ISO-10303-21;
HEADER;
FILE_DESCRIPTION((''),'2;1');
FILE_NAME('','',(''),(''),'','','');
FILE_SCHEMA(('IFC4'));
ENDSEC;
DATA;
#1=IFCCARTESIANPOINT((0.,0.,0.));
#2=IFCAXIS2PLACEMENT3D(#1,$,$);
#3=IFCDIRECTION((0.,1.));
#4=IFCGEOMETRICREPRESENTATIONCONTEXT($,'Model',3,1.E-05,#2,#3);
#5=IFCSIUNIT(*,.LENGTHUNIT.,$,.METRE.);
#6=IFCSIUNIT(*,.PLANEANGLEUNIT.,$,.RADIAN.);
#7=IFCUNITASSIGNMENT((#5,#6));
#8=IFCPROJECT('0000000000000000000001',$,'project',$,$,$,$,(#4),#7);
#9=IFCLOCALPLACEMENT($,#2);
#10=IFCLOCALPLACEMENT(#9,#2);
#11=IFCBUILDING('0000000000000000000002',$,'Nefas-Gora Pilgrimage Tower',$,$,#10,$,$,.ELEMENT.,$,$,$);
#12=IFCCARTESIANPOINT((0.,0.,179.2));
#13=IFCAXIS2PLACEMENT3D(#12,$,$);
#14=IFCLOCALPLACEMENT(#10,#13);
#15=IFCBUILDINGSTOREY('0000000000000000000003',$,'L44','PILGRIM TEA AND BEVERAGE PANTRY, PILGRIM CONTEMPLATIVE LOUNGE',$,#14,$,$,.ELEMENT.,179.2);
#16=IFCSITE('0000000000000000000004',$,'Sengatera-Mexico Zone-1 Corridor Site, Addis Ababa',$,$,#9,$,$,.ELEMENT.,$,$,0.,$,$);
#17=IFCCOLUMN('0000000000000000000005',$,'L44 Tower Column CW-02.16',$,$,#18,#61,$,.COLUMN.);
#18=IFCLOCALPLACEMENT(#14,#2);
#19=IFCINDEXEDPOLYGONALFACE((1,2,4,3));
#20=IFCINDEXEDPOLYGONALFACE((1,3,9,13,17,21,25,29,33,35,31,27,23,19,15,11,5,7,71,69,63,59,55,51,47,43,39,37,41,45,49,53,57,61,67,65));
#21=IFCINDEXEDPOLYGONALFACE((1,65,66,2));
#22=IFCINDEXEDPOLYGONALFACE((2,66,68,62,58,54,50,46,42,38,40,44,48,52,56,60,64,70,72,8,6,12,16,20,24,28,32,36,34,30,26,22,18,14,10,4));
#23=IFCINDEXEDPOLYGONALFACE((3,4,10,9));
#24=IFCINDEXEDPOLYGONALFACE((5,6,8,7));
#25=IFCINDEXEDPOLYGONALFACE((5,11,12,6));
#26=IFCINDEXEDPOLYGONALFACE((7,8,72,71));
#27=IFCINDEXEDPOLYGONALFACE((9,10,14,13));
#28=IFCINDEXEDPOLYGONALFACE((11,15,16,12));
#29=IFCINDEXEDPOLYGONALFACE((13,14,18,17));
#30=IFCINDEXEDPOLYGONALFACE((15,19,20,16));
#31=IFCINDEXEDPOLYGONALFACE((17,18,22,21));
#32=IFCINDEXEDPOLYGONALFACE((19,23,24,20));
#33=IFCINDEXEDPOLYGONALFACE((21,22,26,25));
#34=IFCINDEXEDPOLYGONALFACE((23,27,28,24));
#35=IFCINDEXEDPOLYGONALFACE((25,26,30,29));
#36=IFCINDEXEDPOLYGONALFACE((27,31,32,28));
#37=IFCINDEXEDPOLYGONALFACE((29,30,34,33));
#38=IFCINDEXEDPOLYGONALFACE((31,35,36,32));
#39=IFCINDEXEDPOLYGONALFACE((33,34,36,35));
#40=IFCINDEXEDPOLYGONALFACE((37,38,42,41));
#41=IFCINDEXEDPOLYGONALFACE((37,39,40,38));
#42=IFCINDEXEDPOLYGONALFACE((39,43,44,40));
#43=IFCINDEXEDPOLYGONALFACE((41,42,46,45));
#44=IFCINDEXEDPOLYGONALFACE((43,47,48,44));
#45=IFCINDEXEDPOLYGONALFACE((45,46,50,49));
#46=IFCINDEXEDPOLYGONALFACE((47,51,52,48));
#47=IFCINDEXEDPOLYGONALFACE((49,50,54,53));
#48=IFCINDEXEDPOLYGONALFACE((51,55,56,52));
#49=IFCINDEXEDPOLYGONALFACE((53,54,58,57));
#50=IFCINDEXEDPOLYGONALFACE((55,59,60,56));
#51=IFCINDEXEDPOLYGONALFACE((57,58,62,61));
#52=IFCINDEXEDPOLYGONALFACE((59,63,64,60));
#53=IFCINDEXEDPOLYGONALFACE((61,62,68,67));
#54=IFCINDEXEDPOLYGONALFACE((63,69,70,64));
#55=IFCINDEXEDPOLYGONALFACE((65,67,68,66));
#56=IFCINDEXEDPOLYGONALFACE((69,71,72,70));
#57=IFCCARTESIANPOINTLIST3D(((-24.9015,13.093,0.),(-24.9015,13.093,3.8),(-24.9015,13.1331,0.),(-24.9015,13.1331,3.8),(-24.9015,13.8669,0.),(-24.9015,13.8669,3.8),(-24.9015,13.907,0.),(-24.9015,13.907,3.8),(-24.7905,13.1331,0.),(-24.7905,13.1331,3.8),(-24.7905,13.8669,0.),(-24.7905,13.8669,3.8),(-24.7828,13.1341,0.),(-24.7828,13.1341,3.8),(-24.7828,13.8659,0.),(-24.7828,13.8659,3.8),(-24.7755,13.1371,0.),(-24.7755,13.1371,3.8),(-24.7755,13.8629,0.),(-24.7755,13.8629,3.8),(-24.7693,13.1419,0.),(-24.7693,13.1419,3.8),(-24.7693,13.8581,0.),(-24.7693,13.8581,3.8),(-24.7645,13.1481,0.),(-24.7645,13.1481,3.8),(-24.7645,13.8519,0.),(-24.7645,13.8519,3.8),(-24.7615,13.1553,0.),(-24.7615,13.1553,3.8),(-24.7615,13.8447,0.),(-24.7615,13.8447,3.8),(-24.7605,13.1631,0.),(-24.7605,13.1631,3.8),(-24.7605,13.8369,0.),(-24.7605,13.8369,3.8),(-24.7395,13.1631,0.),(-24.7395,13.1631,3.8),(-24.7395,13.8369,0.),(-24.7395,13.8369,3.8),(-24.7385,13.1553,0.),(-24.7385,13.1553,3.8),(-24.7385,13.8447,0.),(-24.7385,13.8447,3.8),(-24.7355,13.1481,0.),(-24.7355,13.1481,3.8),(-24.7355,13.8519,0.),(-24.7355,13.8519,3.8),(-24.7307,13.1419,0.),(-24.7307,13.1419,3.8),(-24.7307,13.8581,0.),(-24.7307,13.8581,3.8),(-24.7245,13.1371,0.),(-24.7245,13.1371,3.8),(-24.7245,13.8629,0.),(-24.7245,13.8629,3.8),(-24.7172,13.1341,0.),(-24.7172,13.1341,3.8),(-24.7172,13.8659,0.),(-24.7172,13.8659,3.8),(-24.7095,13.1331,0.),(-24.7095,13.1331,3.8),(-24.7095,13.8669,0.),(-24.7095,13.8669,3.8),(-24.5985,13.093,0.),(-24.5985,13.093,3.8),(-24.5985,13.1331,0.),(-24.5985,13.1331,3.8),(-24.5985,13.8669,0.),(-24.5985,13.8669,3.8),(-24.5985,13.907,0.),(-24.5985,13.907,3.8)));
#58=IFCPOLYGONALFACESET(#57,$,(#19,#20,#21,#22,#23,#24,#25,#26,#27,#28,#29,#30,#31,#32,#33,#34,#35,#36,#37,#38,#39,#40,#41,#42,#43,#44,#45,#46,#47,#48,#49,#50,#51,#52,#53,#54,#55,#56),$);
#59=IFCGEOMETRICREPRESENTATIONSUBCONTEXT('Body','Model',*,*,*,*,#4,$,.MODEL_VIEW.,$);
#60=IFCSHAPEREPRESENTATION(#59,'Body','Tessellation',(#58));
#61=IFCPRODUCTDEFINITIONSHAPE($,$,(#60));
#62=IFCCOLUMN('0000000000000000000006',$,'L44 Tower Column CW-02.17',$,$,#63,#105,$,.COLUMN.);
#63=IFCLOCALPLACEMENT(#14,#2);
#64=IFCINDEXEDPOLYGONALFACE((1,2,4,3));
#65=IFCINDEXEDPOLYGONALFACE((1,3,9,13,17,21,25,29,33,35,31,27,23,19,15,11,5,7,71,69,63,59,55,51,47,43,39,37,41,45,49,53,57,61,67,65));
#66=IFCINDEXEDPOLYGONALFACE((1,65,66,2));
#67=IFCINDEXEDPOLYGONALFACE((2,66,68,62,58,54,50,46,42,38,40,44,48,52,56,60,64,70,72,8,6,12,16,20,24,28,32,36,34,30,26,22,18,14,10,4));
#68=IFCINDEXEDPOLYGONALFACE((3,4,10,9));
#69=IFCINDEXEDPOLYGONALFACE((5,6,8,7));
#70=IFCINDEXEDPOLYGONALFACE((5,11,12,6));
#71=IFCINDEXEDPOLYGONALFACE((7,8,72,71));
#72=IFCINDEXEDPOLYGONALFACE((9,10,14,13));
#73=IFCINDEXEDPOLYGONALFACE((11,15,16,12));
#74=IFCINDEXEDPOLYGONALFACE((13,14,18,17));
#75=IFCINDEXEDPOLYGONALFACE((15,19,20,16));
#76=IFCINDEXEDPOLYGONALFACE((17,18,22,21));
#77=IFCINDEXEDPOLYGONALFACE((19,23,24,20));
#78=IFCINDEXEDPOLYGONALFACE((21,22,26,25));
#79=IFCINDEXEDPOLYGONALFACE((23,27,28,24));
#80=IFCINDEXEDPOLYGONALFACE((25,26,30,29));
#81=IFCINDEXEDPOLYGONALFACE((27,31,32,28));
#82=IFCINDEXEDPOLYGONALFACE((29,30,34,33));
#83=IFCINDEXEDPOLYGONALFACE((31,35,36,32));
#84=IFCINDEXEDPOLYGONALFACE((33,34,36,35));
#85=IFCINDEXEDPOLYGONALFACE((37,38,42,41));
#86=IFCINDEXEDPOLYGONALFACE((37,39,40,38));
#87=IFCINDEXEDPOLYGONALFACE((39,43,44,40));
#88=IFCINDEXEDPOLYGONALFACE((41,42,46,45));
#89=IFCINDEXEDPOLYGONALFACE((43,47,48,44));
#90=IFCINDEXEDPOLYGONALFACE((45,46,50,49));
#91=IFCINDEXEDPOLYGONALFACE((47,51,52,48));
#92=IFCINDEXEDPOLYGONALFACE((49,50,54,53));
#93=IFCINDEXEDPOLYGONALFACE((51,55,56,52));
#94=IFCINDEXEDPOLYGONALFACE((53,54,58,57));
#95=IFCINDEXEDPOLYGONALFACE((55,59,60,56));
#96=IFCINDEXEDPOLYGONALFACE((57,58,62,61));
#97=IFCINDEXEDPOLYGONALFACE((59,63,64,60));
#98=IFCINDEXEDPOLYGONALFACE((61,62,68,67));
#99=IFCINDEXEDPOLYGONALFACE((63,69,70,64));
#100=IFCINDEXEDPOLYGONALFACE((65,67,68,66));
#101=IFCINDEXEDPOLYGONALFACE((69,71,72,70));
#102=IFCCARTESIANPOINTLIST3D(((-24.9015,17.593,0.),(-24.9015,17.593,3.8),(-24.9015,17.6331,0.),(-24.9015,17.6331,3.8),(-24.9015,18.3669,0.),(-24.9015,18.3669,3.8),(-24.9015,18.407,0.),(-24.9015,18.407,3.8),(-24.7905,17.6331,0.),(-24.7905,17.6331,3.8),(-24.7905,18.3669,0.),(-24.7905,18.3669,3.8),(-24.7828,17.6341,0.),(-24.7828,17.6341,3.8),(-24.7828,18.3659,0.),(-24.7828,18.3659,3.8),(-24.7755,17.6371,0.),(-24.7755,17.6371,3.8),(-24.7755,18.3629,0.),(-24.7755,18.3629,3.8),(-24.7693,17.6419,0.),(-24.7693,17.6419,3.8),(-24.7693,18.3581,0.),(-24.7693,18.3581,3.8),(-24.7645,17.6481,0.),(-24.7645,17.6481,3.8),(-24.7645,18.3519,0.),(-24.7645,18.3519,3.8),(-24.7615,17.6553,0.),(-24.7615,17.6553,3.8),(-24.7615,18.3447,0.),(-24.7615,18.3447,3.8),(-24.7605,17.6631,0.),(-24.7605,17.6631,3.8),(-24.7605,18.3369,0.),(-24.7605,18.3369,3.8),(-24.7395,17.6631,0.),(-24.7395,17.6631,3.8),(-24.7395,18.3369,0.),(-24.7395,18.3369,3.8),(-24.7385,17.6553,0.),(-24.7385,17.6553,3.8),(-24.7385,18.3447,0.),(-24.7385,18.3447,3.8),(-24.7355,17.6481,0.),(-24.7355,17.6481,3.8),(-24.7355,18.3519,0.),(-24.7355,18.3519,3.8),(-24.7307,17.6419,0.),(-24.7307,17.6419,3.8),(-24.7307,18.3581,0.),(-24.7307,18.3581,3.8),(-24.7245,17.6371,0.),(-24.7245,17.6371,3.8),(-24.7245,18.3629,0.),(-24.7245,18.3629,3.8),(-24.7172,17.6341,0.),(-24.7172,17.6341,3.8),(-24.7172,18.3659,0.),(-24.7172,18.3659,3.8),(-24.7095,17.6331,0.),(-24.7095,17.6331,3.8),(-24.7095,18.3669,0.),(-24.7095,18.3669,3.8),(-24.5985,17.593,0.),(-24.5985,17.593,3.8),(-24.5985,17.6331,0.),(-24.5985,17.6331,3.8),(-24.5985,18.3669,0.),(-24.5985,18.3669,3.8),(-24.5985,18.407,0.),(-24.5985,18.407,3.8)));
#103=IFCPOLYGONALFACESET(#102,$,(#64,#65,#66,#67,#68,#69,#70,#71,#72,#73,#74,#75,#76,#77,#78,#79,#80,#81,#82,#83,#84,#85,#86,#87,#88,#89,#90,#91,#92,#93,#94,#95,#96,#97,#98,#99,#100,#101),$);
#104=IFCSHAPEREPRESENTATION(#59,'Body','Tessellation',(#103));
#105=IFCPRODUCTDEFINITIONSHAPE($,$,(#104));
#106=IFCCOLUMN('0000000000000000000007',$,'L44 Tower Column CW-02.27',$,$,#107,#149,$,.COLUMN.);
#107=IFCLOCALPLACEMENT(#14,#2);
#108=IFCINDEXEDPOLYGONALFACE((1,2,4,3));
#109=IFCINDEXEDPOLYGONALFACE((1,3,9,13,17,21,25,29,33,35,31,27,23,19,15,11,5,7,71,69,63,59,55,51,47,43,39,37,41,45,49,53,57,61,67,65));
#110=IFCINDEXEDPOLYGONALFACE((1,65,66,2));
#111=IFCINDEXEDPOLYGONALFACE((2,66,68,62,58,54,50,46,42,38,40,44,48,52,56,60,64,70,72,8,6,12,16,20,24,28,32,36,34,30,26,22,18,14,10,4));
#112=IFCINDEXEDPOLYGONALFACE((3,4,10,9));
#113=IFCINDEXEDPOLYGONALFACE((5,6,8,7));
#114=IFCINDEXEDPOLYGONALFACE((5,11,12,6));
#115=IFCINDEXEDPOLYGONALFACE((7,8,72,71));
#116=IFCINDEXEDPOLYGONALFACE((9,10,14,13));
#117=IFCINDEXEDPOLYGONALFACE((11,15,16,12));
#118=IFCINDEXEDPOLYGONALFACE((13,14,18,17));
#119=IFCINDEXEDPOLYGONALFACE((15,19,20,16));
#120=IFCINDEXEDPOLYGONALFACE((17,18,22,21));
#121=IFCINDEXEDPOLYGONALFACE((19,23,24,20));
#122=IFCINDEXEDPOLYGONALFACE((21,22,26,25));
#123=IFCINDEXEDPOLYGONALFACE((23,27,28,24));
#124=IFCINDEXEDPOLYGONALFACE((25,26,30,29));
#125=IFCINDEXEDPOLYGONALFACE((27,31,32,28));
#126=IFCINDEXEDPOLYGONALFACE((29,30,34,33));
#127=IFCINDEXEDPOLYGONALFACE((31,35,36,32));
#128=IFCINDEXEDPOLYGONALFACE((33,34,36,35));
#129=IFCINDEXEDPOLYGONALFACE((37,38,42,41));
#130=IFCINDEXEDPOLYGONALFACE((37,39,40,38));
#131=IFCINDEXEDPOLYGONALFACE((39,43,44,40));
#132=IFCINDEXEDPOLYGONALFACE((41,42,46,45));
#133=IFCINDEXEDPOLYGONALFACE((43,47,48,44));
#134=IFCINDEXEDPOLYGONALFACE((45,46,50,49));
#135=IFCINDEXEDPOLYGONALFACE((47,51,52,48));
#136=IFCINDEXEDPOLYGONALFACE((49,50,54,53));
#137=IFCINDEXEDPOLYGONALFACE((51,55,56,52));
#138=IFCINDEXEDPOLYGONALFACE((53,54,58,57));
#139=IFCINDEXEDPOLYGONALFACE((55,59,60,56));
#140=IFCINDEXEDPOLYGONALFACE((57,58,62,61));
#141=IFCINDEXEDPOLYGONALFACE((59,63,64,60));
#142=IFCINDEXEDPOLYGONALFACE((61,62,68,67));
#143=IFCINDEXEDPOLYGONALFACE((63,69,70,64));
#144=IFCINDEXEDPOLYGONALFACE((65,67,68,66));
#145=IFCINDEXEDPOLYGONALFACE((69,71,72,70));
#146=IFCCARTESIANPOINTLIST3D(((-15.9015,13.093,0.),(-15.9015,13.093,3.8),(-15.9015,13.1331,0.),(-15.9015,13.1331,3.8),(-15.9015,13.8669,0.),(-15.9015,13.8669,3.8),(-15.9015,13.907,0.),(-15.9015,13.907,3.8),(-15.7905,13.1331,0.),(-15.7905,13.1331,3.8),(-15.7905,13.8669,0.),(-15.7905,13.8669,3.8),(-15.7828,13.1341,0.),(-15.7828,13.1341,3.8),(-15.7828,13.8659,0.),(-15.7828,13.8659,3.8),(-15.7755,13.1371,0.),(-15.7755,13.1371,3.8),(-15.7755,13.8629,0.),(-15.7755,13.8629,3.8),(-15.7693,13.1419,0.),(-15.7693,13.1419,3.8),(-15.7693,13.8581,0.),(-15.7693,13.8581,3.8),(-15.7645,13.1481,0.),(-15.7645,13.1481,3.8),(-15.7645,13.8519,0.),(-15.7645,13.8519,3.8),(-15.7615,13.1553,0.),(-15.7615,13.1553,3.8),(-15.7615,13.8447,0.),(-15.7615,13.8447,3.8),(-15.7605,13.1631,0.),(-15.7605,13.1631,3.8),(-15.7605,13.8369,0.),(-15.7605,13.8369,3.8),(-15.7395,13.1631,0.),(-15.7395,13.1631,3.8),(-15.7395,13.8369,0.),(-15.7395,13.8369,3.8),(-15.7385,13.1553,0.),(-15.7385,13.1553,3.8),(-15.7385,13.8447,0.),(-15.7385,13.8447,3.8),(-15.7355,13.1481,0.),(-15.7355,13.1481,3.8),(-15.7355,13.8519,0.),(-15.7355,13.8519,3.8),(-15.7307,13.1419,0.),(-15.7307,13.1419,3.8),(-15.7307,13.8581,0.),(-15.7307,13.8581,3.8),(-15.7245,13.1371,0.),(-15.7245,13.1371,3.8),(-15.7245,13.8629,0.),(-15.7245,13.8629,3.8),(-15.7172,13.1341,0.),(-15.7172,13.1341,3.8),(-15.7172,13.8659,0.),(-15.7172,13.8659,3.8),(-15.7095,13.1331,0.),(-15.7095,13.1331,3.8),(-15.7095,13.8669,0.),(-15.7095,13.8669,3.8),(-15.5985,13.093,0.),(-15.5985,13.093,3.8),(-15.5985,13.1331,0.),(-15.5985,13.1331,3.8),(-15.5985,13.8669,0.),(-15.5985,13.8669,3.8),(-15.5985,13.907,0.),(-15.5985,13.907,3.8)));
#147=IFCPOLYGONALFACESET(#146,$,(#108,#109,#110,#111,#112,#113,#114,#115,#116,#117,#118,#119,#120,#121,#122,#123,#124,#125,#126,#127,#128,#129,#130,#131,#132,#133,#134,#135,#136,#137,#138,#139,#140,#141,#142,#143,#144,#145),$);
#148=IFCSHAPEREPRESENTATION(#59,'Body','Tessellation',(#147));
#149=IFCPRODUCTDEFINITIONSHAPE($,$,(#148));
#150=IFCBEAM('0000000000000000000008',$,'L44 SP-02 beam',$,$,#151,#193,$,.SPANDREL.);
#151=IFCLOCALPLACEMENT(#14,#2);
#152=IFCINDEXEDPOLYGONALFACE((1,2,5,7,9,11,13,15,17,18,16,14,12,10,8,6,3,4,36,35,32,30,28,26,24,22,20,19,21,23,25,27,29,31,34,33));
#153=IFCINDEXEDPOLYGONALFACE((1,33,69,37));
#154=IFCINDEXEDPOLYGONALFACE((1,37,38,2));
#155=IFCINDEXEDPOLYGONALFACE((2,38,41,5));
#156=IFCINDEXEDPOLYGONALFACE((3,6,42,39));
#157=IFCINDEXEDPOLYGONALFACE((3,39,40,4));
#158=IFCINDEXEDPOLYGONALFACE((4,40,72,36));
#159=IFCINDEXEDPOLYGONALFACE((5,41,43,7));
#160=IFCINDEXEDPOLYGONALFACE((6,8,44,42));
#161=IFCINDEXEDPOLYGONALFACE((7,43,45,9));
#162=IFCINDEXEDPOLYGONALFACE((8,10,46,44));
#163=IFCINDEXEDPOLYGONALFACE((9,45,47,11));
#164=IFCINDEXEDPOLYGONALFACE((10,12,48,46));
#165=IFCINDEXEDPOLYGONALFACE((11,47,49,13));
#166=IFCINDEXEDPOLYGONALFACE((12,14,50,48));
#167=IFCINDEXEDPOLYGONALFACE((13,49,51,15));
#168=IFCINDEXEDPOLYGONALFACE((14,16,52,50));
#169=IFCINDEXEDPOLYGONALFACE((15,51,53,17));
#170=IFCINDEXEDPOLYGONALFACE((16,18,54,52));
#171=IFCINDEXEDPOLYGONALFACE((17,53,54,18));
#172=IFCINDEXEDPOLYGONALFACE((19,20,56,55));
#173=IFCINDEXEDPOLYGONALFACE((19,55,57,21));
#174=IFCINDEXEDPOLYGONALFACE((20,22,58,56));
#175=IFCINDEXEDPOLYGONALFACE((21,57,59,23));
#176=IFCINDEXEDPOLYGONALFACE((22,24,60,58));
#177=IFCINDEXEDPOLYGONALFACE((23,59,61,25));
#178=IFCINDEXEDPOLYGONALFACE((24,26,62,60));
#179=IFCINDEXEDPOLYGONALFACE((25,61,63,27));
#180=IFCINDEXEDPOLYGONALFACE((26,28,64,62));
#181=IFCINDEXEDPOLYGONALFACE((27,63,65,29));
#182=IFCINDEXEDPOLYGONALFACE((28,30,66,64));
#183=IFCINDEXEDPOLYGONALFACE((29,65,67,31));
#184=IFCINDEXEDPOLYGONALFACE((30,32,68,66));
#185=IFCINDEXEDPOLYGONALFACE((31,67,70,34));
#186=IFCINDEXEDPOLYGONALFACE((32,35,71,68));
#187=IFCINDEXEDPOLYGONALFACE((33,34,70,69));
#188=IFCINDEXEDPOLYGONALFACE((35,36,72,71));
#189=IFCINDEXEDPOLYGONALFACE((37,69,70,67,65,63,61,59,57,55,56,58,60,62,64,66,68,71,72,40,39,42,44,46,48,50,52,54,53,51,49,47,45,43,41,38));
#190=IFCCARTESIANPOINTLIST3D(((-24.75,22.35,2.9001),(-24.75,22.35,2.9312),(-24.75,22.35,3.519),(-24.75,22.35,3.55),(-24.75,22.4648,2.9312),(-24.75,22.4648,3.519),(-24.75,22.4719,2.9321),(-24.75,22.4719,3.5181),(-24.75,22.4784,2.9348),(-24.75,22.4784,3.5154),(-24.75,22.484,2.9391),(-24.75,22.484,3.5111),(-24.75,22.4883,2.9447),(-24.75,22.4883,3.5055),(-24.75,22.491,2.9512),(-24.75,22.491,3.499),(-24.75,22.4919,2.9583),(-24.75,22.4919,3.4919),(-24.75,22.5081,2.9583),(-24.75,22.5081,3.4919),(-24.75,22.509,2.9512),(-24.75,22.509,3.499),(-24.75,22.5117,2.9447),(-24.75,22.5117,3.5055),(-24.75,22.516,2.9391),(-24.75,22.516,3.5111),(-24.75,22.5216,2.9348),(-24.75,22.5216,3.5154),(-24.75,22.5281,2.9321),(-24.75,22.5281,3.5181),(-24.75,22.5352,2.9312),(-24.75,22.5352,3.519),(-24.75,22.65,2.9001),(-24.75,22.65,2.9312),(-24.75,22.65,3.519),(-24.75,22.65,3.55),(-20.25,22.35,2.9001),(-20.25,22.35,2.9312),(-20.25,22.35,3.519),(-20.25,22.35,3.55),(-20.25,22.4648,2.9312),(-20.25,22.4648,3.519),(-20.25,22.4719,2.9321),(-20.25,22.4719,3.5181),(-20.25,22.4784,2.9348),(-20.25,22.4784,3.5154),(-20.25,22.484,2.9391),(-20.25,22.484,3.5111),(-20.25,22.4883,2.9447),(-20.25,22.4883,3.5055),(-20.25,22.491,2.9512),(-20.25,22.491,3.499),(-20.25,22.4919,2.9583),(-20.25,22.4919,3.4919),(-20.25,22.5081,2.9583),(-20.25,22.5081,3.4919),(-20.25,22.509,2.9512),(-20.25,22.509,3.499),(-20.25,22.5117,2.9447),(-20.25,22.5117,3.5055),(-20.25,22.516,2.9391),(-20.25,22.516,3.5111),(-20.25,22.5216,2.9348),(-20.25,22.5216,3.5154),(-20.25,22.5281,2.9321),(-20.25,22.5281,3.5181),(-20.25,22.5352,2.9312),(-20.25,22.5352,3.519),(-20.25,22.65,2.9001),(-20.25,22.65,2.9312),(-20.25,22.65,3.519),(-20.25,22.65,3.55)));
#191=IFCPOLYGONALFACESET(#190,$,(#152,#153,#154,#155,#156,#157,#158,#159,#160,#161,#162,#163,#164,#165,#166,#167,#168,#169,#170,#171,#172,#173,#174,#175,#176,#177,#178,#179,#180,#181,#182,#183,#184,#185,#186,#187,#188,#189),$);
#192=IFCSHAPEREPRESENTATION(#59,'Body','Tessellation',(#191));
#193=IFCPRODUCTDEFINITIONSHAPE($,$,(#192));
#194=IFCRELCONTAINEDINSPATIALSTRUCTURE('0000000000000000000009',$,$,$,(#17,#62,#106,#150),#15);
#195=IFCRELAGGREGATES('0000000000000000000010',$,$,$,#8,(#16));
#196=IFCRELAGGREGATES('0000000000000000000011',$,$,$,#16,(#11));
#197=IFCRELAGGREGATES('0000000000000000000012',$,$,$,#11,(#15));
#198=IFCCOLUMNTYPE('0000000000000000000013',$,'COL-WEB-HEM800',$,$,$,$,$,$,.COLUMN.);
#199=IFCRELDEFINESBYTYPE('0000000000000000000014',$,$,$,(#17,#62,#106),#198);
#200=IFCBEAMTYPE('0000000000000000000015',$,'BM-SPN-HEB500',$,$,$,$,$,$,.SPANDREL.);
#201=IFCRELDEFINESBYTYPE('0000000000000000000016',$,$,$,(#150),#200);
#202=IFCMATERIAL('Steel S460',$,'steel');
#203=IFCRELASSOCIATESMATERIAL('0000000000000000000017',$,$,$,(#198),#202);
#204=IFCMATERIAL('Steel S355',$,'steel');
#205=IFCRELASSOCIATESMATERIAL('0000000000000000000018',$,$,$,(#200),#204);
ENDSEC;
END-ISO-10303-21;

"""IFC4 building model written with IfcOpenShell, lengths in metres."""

from ifc_helpers import new_model, si_unit, direction, frame, origin, origin_2d, place, context, subcontext, project, spatial, i_section, extrude, source, transform, mapped, material, material_profile, profile_set, type_object, element, save


model = new_model("IFC4")

# Units and contexts
model_context = context("Model", 3, precision=1e-05, world=origin(), true_north=direction((0.0, 1.0)))
body_context = subcontext(model_context, "Body", "Model", "MODEL_VIEW")
ifc_project = project(units=[si_unit("LENGTHUNIT", "METRE"), si_unit("PLANEANGLEUNIT", "RADIAN")], contexts=[model_context])

# Site, building, storey
site_placement = place(None, origin())
site = spatial("IfcSite", under=ifc_project, at=site_placement, Name="Sengatera-Mexico Zone-1 Corridor Site, Addis Ababa", CompositionType="ELEMENT", RefElevation=0.0)
building_placement = place(site_placement, origin())
building = spatial("IfcBuilding", under=site, at=building_placement, Name="Nefas-Gora Pilgrimage Tower", CompositionType="ELEMENT")
storey_placement = place(building_placement, frame((0.0, 0.0, 179.2)))
storey = spatial("IfcBuildingStorey", under=building, at=storey_placement, Name="L44", Description="PILGRIM TEA AND BEVERAGE PANTRY, PILGRIM CONTEMPLATIVE LOUNGE", CompositionType="ELEMENT", Elevation=179.2)

# Columns
ifc_material_1 = material(Name="Steel S460", Category="steel")
ifc_material_profile_1 = material_profile(ifc_material_1, i_section(OverallWidth=0.303, OverallDepth=0.814, WebThickness=0.021, FlangeThickness=0.04, FilletRadius=0.03, at=origin_2d()), Name="HEM 800")
ifc_profile_set_1 = profile_set([ifc_material_profile_1], Name="Steel S460")
column_type_1 = type_object("IfcColumnType", Name="COL-WEB-HEM800", PredefinedType="COLUMN", material=ifc_profile_set_1)
shared_shape_1 = source(origin(), body_context, "Body", "SweptSolid", [
    extrude(i_section(OverallWidth=0.303, OverallDepth=0.814, WebThickness=0.021, FlangeThickness=0.04, FilletRadius=0.03, at=origin_2d()), origin(), (0.0, 0.0, 1.0), 3.8),
])
for number, where, z_axis, x_axis, name in (
    (1, (-24.75, 13.5, 0.0), (0.0, 0.0, 1.0), (1.0, 0.0, 0.0), "L44 Tower Column CW-02.16"),
    (2, (-24.75, 18.0, 0.0), (0.0, 0.0, 1.0), (1.0, 0.0, 0.0), "L44 Tower Column CW-02.17"),
    (3, (-15.75, 13.5, 0.0), (0.0, 0.0, 1.0), (1.0, 0.0, 0.0), "L44 Tower Column CW-02.27"),
):
    element("IfcColumn", number, at=place(storey_placement, frame(where, z_axis=z_axis, x_axis=x_axis)), inside=storey, type_object=column_type_1, Name=name, PredefinedType="COLUMN", context=body_context, shape_type="MappedRepresentation", body=[
        mapped(shared_shape_1, transform((0.0, 0.0, 0.0), x_axis=(1.0, 0.0, 0.0), y_axis=(0.0, 1.0, 0.0), z_axis=(0.0, 0.0, 1.0), scale=1.0)),
    ])

# Beam
ifc_material_2 = material(Name="Steel S355", Category="steel")
ifc_material_profile_2 = material_profile(ifc_material_2, i_section(OverallWidth=0.3, OverallDepth=0.6499, WebThickness=0.0161, FlangeThickness=0.031, FilletRadius=0.0271, at=origin_2d()), Name="HEB 650")
ifc_profile_set_2 = profile_set([ifc_material_profile_2], Name="Steel S355")
beam_type_1 = type_object("IfcBeamType", Name="BM-SPN-HEB500", PredefinedType="SPANDREL", material=ifc_profile_set_2)
shared_shape_2 = source(origin(), body_context, "Body", "SweptSolid", [
    extrude(i_section(OverallWidth=0.3, OverallDepth=0.6499, WebThickness=0.0161, FlangeThickness=0.031, FilletRadius=0.0271, at=origin_2d()), origin(), (0.0, 0.0, 1.0), 4.5),
])
beam_placement = place(storey_placement, frame((-24.75, 22.5, 3.2251), z_axis=(1.0, 0.0, 0.0), x_axis=(0.0, 1.0, 0.0)))
element("IfcBeam", 4, at=beam_placement, inside=storey, type_object=beam_type_1, Name="L44 SP-02 beam", PredefinedType="SPANDREL", context=body_context, shape_type="MappedRepresentation", body=[
    mapped(shared_shape_2, transform((0.0, 0.0, 0.0), x_axis=(1.0, 0.0, 0.0), y_axis=(0.0, 1.0, 0.0), z_axis=(0.0, 0.0, 1.0), scale=1.0)),
])

save(model, "model.ifc")
